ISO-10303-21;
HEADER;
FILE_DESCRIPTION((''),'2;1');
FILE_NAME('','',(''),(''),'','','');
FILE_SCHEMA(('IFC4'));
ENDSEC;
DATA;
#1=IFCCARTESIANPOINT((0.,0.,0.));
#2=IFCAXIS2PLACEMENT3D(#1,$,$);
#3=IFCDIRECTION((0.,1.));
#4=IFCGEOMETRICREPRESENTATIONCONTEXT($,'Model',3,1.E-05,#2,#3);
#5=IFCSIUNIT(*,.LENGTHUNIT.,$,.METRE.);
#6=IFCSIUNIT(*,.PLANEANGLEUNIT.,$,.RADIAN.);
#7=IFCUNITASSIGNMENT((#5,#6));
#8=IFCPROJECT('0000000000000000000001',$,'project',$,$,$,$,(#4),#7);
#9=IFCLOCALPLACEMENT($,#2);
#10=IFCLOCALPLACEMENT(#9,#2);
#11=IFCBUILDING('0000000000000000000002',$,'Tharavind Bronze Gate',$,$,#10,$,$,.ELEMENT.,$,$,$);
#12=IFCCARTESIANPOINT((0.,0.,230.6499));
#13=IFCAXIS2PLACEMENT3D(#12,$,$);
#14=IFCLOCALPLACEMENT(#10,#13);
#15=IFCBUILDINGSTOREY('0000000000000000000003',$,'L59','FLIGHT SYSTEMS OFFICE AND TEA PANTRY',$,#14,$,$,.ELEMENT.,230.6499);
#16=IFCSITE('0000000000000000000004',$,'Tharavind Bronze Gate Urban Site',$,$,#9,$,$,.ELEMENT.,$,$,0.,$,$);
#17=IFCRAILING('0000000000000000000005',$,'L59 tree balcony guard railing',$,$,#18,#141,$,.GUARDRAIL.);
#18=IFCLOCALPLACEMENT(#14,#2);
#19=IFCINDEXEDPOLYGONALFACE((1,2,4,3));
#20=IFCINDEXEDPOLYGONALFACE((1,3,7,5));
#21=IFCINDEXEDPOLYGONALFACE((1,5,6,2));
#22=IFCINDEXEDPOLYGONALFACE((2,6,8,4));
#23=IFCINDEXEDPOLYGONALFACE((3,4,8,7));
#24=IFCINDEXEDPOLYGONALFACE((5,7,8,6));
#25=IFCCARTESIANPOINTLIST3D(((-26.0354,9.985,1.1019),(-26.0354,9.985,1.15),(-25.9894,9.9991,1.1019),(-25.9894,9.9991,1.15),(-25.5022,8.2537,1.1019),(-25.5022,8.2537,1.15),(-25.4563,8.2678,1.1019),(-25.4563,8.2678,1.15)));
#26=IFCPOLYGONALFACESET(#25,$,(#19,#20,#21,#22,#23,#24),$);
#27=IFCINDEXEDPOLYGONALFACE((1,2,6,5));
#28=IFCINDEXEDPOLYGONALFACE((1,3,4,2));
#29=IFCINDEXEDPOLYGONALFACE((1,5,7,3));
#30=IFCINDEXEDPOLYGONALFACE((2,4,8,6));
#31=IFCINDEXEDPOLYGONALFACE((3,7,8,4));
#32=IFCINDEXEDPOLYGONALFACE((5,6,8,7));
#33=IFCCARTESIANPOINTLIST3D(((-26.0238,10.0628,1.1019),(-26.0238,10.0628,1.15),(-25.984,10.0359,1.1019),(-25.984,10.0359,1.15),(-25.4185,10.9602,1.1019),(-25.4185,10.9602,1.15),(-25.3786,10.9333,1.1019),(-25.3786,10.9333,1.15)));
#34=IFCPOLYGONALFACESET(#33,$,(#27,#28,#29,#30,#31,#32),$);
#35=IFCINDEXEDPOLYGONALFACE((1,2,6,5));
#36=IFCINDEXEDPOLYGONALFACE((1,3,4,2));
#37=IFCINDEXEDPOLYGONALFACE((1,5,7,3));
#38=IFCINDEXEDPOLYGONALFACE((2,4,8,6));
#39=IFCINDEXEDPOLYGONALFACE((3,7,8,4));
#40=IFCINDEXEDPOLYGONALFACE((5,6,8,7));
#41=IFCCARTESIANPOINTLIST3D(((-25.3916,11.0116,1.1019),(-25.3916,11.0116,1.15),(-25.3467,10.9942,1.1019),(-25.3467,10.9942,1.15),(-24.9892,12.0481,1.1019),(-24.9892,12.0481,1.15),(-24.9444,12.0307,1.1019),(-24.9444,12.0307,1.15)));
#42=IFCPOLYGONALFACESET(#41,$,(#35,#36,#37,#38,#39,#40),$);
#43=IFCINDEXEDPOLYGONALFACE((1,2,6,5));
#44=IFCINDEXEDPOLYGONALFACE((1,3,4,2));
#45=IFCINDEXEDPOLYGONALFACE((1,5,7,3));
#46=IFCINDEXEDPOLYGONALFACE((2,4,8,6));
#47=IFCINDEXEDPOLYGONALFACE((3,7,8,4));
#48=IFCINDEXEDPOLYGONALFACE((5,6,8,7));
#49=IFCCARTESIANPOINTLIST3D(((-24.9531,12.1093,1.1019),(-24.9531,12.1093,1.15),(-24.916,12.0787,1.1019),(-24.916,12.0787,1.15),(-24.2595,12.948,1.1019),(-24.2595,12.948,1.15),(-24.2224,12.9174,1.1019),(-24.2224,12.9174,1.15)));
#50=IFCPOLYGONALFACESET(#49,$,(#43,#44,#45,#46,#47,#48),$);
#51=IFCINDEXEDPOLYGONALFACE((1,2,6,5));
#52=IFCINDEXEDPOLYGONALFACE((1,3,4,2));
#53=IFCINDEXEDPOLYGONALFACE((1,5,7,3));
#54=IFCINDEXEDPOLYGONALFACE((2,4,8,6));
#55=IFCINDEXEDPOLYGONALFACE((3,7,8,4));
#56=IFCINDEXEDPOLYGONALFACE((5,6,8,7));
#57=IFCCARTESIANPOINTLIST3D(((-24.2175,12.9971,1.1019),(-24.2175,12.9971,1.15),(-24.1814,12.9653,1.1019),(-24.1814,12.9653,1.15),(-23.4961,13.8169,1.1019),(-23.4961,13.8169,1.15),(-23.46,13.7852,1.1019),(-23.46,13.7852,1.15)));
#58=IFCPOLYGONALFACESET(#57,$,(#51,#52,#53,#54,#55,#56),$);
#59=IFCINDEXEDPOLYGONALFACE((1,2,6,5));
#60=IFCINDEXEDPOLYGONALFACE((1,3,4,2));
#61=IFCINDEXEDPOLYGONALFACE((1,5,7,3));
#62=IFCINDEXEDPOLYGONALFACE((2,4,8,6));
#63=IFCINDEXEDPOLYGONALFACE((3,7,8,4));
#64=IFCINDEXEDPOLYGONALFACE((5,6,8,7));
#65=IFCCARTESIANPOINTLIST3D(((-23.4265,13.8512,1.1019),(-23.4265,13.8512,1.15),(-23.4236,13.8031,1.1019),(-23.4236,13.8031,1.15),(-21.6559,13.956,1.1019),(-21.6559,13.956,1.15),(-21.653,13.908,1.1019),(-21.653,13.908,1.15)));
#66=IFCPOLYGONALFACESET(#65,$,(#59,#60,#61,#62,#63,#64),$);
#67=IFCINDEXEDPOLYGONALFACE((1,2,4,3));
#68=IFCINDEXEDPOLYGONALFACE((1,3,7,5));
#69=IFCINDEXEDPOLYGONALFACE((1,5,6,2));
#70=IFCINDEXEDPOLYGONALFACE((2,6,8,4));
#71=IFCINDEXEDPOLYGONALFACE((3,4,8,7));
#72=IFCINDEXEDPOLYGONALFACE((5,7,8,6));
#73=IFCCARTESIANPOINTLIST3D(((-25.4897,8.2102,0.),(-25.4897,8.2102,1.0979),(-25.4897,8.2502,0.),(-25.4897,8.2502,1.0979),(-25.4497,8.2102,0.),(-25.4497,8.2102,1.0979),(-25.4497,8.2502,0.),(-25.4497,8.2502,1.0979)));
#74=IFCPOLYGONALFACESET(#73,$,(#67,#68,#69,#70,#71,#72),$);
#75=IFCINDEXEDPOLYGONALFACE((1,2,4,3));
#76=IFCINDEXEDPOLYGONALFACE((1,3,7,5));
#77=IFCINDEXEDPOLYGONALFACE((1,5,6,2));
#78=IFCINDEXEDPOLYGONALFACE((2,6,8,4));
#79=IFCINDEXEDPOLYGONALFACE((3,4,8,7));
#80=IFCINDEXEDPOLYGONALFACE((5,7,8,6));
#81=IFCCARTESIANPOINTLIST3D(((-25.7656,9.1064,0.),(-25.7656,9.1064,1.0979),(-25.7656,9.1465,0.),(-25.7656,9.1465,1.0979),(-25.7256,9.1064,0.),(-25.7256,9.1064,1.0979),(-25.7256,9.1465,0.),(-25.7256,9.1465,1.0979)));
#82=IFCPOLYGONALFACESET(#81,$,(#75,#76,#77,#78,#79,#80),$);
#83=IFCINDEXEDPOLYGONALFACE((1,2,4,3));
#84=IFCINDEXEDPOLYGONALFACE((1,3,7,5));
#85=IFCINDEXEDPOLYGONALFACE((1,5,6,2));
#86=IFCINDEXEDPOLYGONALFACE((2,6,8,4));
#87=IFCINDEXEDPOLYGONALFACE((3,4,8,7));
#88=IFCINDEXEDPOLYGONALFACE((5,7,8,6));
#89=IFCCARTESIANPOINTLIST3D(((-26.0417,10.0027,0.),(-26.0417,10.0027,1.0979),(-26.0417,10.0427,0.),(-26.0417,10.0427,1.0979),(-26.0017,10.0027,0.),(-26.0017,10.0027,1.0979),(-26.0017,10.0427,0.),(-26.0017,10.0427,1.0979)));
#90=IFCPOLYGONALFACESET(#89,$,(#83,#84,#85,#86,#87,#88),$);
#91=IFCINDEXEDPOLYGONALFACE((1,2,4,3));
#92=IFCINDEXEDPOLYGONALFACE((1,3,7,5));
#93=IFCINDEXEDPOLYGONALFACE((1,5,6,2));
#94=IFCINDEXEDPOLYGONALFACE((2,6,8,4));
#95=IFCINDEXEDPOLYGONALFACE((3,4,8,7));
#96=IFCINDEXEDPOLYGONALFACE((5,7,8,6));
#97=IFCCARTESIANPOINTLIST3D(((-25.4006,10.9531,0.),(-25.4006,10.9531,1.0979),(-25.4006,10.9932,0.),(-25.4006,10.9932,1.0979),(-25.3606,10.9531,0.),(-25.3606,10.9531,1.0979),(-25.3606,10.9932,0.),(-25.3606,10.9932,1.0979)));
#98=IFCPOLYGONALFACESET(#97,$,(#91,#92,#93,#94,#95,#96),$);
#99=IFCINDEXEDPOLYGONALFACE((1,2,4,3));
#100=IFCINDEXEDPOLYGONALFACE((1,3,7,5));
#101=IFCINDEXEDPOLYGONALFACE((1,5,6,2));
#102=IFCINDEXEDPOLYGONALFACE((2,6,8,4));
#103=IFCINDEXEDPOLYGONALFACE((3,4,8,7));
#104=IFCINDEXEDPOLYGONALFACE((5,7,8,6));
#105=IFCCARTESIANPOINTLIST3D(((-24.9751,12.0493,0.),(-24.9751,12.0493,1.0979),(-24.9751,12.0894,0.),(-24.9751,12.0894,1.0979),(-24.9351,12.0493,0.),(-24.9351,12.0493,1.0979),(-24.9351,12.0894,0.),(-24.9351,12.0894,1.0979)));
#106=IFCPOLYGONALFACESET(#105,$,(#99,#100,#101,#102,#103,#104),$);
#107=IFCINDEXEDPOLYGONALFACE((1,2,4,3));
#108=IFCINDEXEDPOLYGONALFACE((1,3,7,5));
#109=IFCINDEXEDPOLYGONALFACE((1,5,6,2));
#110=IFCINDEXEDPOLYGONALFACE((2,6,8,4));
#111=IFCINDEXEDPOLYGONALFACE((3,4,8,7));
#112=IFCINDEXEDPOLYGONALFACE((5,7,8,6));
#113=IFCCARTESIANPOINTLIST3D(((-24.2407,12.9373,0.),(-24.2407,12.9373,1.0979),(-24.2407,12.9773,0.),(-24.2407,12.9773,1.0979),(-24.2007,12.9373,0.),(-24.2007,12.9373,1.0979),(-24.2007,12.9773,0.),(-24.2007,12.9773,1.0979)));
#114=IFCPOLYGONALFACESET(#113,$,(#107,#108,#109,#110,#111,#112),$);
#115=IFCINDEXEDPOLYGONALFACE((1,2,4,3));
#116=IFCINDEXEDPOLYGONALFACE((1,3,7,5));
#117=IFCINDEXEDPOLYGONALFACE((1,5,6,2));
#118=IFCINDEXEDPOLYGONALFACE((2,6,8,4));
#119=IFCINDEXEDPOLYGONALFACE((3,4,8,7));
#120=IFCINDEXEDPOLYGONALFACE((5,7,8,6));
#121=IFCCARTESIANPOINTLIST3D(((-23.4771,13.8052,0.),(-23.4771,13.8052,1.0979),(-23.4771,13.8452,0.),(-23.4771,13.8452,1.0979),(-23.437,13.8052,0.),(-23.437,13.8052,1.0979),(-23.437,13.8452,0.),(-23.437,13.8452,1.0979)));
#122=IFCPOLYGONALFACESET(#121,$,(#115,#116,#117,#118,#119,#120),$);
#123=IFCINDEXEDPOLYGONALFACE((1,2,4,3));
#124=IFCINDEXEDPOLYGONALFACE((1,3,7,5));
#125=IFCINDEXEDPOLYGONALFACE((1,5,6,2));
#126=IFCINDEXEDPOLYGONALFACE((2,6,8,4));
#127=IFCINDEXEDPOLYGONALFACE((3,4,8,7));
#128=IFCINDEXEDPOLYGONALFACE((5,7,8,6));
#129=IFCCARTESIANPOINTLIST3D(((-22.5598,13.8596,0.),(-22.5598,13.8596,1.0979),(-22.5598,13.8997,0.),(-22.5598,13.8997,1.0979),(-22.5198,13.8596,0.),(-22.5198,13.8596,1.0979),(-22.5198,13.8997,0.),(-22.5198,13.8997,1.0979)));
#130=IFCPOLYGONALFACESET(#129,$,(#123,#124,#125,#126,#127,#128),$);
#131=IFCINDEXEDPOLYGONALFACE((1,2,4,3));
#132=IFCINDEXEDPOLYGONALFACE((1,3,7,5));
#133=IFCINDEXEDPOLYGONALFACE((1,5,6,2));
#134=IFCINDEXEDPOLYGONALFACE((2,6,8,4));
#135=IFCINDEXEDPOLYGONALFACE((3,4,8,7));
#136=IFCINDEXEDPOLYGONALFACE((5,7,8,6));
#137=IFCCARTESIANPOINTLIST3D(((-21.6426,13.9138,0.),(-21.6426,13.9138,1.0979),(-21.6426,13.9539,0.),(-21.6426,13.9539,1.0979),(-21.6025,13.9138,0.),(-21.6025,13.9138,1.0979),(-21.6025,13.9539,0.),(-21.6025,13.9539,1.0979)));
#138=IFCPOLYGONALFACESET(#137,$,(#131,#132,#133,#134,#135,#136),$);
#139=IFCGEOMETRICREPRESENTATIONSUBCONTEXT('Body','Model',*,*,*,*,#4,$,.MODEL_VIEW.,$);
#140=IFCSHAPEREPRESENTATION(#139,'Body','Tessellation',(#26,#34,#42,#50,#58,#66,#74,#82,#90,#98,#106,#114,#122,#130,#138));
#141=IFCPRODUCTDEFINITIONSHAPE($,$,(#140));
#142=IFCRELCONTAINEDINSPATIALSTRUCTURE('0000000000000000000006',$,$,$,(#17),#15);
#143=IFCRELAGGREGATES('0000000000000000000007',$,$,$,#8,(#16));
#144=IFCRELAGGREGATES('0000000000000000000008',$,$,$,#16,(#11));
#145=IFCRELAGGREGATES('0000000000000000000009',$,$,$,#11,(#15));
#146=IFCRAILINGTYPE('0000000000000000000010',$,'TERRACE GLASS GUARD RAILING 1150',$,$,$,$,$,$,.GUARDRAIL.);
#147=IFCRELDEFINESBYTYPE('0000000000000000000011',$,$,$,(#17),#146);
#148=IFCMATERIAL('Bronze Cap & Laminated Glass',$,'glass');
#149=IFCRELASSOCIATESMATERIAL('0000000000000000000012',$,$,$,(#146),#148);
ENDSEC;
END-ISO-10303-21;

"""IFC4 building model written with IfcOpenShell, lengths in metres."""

from ifc_helpers import new_model, si_unit, direction, frame, origin, origin_2d, place, context, subcontext, project, spatial, rectangle, extrude, material, type_object, element, save


model = new_model("IFC4")

# Units and contexts
model_context = context("Model", 3, precision=1e-05, world=origin(), true_north=direction((0.0, 1.0)))
body_context = subcontext(model_context, "Body", "Model", "MODEL_VIEW")
ifc_project = project(units=[si_unit("LENGTHUNIT", "METRE"), si_unit("PLANEANGLEUNIT", "RADIAN")], contexts=[model_context])

# Site, building, storey
site_placement = place(None, origin())
site = spatial("IfcSite", under=ifc_project, at=site_placement, Name="Tharavind Bronze Gate Urban Site", CompositionType="ELEMENT", RefElevation=0.0)
building_placement = place(site_placement, origin())
building = spatial("IfcBuilding", under=site, at=building_placement, Name="Tharavind Bronze Gate", CompositionType="ELEMENT")
storey_placement = place(building_placement, frame((0.0, 0.0, 230.6499)))
storey = spatial("IfcBuildingStorey", under=building, at=storey_placement, Name="L59", Description="FLIGHT SYSTEMS OFFICE AND TEA PANTRY", CompositionType="ELEMENT", Elevation=230.6499)

# Railing
ifc_material_1 = material(Name="Bronze Cap & Laminated Glass", Category="glass")
railing_type = type_object("IfcRailingType", Name="TERRACE GLASS GUARD RAILING 1150", PredefinedType="GUARDRAIL", material=ifc_material_1)
railing_placement = place(storey_placement, frame((-25.4697, 8.2302, 0.0)))
element("IfcRailing", 1, at=railing_placement, inside=storey, type_object=railing_type, Name="L59 tree balcony guard railing", PredefinedType="GUARDRAIL", context=body_context, shape_type="SweptSolid", body=[
    extrude(rectangle(XDim=0.0481, YDim=0.0481, at=origin_2d()), frame((-0.0095, 0.0305, 1.126), z_axis=(-0.294315, 0.955709, 0.0), x_axis=(-0.955709, -0.294315, 0.0)), (0.0, 0.0, 1.0), 1.8115),
    extrude(rectangle(XDim=0.0481, YDim=0.0481, at=origin_2d()), frame((-0.5342, 1.8191, 1.126), z_axis=(0.559213, 0.829024, 0.0), x_axis=(-0.829024, 0.559213, 0.0)), (0.0, 0.0, 1.0), 1.0825),
    extrude(rectangle(XDim=0.0481, YDim=0.0481, at=origin_2d()), frame((0.1006, 2.7727, 1.126), z_axis=(0.361885, 0.932223, 0.0), x_axis=(-0.932223, 0.361885, 0.0)), (0.0, 0.0, 1.0), 1.1118),
    extrude(rectangle(XDim=0.0481, YDim=0.0481, at=origin_2d()), frame((0.5352, 3.8638, 1.126), z_axis=(0.637325, 0.770595, 0.0), x_axis=(-0.770595, 0.637325, 0.0)), (0.0, 0.0, 1.0), 1.0884),
    extrude(rectangle(XDim=0.0481, YDim=0.0481, at=origin_2d()), frame((1.2703, 4.751, 1.126), z_axis=(0.66058, 0.750755, 0.0), x_axis=(-0.750755, 0.66058, 0.0)), (0.0, 0.0, 1.0), 1.092),
    extrude(rectangle(XDim=0.0481, YDim=0.0481, at=origin_2d()), frame((2.0447, 5.5969, 1.126), z_axis=(0.998251, 0.059119, 0.0), x_axis=(-0.059119, 0.998251, 0.0)), (0.0, 0.0, 1.0), 1.7737),
    extrude(rectangle(XDim=0.04, YDim=0.04, at=origin_2d()), origin(), (0.0, 0.0, 1.0), 1.0979),
    extrude(rectangle(XDim=0.04, YDim=0.04, at=origin_2d()), frame((-0.2759, 0.8962, 0.0)), (0.0, 0.0, 1.0), 1.0979),
    extrude(rectangle(XDim=0.04, YDim=0.04, at=origin_2d()), frame((-0.552, 1.7925, 0.0)), (0.0, 0.0, 1.0), 1.0979),
    extrude(rectangle(XDim=0.04, YDim=0.04, at=origin_2d()), frame((0.0891, 2.7429, 0.0)), (0.0, 0.0, 1.0), 1.0979),
    extrude(rectangle(XDim=0.04, YDim=0.04, at=origin_2d()), frame((0.5146, 3.8391, 0.0)), (0.0, 0.0, 1.0), 1.0979),
    extrude(rectangle(XDim=0.04, YDim=0.04, at=origin_2d()), frame((1.249, 4.7271, 0.0)), (0.0, 0.0, 1.0), 1.0979),
    extrude(rectangle(XDim=0.04, YDim=0.04, at=origin_2d()), frame((2.0127, 5.595, 0.0)), (0.0, 0.0, 1.0), 1.0979),
    extrude(rectangle(XDim=0.04, YDim=0.04, at=origin_2d()), frame((2.9299, 5.6494, 0.0)), (0.0, 0.0, 1.0), 1.0979),
    extrude(rectangle(XDim=0.04, YDim=0.04, at=origin_2d()), frame((3.8472, 5.7036, 0.0)), (0.0, 0.0, 1.0), 1.0979),
])

save(model, "model.ifc")
